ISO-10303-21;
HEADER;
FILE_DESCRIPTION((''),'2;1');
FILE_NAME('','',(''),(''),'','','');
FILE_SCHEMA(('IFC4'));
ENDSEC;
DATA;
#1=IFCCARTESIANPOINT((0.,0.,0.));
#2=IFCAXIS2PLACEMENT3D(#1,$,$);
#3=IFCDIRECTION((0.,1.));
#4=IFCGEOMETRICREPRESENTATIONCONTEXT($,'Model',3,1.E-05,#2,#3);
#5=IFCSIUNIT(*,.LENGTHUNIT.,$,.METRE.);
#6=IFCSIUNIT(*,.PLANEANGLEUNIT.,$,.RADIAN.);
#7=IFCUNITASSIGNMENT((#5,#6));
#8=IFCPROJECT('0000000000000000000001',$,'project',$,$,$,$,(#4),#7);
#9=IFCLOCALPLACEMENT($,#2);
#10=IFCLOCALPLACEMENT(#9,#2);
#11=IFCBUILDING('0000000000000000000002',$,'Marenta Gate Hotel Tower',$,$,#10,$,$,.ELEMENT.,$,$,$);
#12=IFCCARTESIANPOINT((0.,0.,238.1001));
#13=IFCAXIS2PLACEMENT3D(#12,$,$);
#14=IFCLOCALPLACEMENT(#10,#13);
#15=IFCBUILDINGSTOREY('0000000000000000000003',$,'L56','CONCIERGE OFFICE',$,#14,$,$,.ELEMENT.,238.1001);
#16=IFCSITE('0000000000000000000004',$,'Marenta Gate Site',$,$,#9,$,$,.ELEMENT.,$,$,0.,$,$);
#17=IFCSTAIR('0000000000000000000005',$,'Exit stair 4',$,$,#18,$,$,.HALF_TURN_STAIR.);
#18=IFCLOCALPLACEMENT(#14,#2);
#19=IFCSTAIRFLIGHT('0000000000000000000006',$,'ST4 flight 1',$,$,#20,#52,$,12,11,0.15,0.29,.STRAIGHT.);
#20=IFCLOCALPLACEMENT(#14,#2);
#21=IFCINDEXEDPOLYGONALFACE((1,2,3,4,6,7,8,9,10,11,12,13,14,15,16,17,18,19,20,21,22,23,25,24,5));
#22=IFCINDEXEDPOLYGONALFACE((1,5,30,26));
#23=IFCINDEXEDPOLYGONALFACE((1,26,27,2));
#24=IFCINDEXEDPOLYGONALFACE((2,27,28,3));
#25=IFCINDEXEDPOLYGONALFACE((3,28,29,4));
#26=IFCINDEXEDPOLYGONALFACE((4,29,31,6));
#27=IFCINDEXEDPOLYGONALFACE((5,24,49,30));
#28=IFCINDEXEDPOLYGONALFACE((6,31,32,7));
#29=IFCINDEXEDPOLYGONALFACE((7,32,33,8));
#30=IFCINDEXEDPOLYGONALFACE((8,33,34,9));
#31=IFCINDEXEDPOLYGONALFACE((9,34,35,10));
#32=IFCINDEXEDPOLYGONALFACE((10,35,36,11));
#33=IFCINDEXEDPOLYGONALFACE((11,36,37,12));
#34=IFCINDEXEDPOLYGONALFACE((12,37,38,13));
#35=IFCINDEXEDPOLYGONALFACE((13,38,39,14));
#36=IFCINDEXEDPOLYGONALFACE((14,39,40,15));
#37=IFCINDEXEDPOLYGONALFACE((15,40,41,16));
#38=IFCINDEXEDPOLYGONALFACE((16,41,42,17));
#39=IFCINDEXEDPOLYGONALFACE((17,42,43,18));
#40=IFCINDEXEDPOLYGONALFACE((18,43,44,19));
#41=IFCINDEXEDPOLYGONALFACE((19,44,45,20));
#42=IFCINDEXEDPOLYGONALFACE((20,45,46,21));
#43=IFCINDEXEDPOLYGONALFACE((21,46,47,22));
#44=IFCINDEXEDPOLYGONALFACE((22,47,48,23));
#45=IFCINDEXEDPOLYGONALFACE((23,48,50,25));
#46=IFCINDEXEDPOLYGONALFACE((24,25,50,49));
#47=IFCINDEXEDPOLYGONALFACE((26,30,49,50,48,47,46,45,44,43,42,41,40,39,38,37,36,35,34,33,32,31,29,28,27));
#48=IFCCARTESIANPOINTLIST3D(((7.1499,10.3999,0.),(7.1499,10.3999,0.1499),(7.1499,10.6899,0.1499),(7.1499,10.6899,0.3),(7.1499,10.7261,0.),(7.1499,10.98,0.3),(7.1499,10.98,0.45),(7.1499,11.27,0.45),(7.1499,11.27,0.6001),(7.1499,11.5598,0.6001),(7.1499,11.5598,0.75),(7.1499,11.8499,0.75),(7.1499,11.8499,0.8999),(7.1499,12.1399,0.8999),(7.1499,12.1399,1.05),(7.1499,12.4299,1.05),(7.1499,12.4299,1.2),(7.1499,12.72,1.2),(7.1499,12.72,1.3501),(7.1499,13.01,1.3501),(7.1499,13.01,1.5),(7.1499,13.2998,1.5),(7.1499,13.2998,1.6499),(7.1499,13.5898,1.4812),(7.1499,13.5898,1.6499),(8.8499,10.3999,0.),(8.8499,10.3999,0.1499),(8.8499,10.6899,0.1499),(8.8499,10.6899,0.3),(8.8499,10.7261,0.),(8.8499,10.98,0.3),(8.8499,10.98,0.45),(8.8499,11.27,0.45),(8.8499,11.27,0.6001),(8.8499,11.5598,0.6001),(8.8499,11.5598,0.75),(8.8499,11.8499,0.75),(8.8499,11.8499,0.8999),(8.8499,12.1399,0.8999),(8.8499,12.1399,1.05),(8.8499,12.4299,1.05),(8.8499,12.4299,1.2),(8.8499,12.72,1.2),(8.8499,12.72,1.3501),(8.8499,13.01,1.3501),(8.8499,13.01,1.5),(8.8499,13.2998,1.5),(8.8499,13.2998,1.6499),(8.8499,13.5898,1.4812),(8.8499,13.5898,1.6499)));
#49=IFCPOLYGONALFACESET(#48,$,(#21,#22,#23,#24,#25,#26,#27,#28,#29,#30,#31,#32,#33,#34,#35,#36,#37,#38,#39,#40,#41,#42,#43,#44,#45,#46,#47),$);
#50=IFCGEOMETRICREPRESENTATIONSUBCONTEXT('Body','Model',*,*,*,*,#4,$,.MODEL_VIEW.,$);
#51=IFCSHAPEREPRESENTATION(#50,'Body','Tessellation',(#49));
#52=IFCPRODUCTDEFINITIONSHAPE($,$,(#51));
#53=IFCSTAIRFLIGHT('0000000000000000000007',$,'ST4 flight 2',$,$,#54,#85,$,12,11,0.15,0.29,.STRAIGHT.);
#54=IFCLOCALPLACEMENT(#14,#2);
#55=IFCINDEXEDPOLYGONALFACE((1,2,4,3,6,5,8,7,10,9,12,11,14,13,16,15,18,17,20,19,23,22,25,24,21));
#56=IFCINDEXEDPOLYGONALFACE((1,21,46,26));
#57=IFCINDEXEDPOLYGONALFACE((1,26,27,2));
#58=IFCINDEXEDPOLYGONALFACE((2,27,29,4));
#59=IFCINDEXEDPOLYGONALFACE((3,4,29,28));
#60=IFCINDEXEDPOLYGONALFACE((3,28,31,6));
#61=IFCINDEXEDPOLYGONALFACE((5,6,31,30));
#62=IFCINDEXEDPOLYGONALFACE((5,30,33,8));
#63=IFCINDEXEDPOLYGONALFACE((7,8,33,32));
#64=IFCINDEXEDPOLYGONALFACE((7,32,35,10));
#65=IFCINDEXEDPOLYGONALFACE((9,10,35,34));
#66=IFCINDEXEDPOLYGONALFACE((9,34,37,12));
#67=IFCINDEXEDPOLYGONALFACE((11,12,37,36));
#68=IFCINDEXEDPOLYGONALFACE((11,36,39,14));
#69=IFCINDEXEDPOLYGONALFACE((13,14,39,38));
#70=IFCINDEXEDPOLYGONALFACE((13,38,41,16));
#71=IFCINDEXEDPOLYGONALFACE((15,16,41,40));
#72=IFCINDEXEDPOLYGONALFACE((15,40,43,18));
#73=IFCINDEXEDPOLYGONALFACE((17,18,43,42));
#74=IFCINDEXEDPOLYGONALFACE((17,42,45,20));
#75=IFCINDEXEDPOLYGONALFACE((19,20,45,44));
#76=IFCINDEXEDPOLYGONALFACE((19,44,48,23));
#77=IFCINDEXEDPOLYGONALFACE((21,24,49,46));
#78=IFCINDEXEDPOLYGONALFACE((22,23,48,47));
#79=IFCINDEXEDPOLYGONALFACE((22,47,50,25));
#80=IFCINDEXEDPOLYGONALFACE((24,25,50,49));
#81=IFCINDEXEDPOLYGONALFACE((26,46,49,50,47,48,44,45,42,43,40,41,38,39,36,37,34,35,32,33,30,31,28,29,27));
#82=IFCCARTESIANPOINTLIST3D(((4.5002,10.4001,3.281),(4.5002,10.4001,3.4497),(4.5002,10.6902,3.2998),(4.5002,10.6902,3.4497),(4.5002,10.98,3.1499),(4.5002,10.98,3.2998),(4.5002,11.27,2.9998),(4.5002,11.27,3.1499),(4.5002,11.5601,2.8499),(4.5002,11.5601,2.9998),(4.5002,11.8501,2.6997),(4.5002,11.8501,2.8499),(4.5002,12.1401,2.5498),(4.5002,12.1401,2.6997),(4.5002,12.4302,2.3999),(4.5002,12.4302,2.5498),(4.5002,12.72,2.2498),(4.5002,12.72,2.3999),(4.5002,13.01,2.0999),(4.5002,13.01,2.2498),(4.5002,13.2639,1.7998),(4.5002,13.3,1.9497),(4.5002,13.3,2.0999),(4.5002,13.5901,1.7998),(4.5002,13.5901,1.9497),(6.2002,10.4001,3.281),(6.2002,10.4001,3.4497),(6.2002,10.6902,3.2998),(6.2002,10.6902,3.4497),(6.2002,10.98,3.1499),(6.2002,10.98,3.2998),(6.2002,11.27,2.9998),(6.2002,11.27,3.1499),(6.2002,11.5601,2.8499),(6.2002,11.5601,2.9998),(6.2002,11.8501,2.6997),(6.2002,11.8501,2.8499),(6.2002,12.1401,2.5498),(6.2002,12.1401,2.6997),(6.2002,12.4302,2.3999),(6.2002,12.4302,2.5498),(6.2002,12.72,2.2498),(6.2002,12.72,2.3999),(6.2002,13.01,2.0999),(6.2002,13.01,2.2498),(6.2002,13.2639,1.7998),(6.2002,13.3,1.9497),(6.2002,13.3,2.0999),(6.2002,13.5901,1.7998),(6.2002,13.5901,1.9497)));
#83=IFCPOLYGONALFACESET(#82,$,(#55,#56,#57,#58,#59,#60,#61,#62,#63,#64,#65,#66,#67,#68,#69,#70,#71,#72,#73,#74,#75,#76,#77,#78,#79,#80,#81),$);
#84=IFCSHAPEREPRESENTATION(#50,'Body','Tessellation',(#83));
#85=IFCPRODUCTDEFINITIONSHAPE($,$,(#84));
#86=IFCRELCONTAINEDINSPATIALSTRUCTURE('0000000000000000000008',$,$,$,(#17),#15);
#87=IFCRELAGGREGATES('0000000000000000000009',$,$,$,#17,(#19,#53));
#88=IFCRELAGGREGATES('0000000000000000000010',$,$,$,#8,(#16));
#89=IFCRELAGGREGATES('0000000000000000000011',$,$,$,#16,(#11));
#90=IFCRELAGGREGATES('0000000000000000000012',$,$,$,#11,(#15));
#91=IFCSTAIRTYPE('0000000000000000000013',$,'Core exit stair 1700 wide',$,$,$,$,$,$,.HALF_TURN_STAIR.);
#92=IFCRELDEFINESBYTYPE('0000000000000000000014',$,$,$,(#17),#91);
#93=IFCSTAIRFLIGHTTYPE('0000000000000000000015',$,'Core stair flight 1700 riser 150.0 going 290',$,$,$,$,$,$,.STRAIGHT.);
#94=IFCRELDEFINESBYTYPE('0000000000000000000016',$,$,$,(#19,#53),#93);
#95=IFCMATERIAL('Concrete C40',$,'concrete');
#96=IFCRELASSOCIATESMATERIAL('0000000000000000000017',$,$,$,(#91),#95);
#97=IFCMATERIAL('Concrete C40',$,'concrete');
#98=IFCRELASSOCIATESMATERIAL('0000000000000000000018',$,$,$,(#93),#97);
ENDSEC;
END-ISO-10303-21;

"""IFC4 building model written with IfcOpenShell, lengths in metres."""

from ifc_helpers import new_model, si_unit, direction, frame, origin, place, context, subcontext, project, spatial, polyline, outline, extrude, material, type_object, element, aggregate, save


model = new_model("IFC4")

# Units and contexts
model_context = context("Model", 3, precision=1e-05, world=origin(), true_north=direction((0.0, 1.0)))
body_context = subcontext(model_context, "Body", "Model", "MODEL_VIEW")
ifc_project = project(units=[si_unit("LENGTHUNIT", "METRE"), si_unit("PLANEANGLEUNIT", "RADIAN")], contexts=[model_context])

# Site, building, storey
site_placement = place(None, origin())
site = spatial("IfcSite", under=ifc_project, at=site_placement, Name="Marenta Gate Site", CompositionType="ELEMENT", RefElevation=0.0)
building_placement = place(site_placement, origin())
building = spatial("IfcBuilding", under=site, at=building_placement, Name="Marenta Gate Hotel Tower", CompositionType="ELEMENT")
storey_placement = place(building_placement, frame((0.0, 0.0, 238.1001)))
storey = spatial("IfcBuildingStorey", under=building, at=storey_placement, Name="L56", Description="CONCIERGE OFFICE", CompositionType="ELEMENT", Elevation=238.1001)

# Stair, stair flights
ifc_material_1 = material(Name="Concrete C40", Category="concrete")
stair_type = type_object("IfcStairType", Name="Core exit stair 1700 wide", PredefinedType="HALF_TURN_STAIR", material=ifc_material_1)
stair_placement = place(storey_placement, origin())
stair = element("IfcStair", 1, at=stair_placement, inside=storey, type_object=stair_type, Name="Exit stair 4", PredefinedType="HALF_TURN_STAIR")
ifc_material_2 = material(Name="Concrete C40", Category="concrete")
stair_flight_type = type_object("IfcStairFlightType", Name="Core stair flight 1700 riser 150.0 going 290", PredefinedType="STRAIGHT", material=ifc_material_2)
stair_flight_1_placement = place(storey_placement, frame((8.0, 10.3999, 0.0), z_axis=(0.0, 0.0, 1.0), x_axis=(0.0, 1.0, 0.0)))
stair_flight_1 = element("IfcStairFlight", 2, at=stair_flight_1_placement, type_object=stair_flight_type, Name="ST4 flight 1", NumberOfRisers=12, NumberOfTreads=11, PredefinedType="STRAIGHT", RiserHeight=0.15, TreadLength=0.29, context=body_context, shape_type="SweptSolid", body=[
    extrude(outline(polyline([(0.0, 0.0), (0.0, 0.1499), (0.29, 0.1499), (0.29, 0.3), (0.5801, 0.3), (0.5801, 0.45), (0.8701, 0.45), (0.8701, 0.6001), (1.1599, 0.6001), (1.1599, 0.75), (1.45, 0.75), (1.45, 0.8999), (1.74, 0.8999), (1.74, 1.05), (2.03, 1.05), (2.03, 1.2), (2.3201, 1.2), (2.3201, 1.3501), (2.6101, 1.3501), (2.6101, 1.5), (2.8999, 1.5), (2.8999, 1.6499), (3.1899, 1.6499), (3.1899, 1.8), (3.1899, 1.4812), (0.3262, 0.0), (0.0, 0.0)])), frame((0.0, 0.8501, 0.0), z_axis=(0.0, -1.0, 0.0), x_axis=(1.0, 0.0, 0.0)), (0.0, 0.0, 1.0), 1.7),
])
stair_flight_2_placement = place(storey_placement, frame((5.3501, 13.5901, 1.7998), z_axis=(0.0, 0.0, 1.0), x_axis=(0.0, -1.0, 0.0)))
stair_flight_2 = element("IfcStairFlight", 3, at=stair_flight_2_placement, type_object=stair_flight_type, Name="ST4 flight 2", NumberOfRisers=12, NumberOfTreads=11, PredefinedType="STRAIGHT", RiserHeight=0.15, TreadLength=0.29, context=body_context, shape_type="SweptSolid", body=[
    extrude(outline(polyline([(0.0, 0.0), (0.0, 0.1499), (0.29, 0.1499), (0.29, 0.3), (0.5801, 0.3), (0.5801, 0.45), (0.8701, 0.45), (0.8701, 0.6001), (1.1599, 0.6001), (1.1599, 0.75), (1.45, 0.75), (1.45, 0.8999), (1.74, 0.8999), (1.74, 1.05), (2.03, 1.05), (2.03, 1.2), (2.3201, 1.2), (2.3201, 1.3501), (2.6101, 1.3501), (2.6101, 1.5), (2.8999, 1.5), (2.8999, 1.6499), (3.1899, 1.6499), (3.1899, 1.8), (3.1899, 1.4812), (0.3262, 0.0), (0.0, 0.0)])), frame((0.0, 0.8501, 0.0), z_axis=(0.0, -1.0, 0.0), x_axis=(1.0, 0.0, 0.0)), (0.0, 0.0, 1.0), 1.7),
])
aggregate(stair, [stair_flight_1, stair_flight_2])

save(model, "model.ifc")
